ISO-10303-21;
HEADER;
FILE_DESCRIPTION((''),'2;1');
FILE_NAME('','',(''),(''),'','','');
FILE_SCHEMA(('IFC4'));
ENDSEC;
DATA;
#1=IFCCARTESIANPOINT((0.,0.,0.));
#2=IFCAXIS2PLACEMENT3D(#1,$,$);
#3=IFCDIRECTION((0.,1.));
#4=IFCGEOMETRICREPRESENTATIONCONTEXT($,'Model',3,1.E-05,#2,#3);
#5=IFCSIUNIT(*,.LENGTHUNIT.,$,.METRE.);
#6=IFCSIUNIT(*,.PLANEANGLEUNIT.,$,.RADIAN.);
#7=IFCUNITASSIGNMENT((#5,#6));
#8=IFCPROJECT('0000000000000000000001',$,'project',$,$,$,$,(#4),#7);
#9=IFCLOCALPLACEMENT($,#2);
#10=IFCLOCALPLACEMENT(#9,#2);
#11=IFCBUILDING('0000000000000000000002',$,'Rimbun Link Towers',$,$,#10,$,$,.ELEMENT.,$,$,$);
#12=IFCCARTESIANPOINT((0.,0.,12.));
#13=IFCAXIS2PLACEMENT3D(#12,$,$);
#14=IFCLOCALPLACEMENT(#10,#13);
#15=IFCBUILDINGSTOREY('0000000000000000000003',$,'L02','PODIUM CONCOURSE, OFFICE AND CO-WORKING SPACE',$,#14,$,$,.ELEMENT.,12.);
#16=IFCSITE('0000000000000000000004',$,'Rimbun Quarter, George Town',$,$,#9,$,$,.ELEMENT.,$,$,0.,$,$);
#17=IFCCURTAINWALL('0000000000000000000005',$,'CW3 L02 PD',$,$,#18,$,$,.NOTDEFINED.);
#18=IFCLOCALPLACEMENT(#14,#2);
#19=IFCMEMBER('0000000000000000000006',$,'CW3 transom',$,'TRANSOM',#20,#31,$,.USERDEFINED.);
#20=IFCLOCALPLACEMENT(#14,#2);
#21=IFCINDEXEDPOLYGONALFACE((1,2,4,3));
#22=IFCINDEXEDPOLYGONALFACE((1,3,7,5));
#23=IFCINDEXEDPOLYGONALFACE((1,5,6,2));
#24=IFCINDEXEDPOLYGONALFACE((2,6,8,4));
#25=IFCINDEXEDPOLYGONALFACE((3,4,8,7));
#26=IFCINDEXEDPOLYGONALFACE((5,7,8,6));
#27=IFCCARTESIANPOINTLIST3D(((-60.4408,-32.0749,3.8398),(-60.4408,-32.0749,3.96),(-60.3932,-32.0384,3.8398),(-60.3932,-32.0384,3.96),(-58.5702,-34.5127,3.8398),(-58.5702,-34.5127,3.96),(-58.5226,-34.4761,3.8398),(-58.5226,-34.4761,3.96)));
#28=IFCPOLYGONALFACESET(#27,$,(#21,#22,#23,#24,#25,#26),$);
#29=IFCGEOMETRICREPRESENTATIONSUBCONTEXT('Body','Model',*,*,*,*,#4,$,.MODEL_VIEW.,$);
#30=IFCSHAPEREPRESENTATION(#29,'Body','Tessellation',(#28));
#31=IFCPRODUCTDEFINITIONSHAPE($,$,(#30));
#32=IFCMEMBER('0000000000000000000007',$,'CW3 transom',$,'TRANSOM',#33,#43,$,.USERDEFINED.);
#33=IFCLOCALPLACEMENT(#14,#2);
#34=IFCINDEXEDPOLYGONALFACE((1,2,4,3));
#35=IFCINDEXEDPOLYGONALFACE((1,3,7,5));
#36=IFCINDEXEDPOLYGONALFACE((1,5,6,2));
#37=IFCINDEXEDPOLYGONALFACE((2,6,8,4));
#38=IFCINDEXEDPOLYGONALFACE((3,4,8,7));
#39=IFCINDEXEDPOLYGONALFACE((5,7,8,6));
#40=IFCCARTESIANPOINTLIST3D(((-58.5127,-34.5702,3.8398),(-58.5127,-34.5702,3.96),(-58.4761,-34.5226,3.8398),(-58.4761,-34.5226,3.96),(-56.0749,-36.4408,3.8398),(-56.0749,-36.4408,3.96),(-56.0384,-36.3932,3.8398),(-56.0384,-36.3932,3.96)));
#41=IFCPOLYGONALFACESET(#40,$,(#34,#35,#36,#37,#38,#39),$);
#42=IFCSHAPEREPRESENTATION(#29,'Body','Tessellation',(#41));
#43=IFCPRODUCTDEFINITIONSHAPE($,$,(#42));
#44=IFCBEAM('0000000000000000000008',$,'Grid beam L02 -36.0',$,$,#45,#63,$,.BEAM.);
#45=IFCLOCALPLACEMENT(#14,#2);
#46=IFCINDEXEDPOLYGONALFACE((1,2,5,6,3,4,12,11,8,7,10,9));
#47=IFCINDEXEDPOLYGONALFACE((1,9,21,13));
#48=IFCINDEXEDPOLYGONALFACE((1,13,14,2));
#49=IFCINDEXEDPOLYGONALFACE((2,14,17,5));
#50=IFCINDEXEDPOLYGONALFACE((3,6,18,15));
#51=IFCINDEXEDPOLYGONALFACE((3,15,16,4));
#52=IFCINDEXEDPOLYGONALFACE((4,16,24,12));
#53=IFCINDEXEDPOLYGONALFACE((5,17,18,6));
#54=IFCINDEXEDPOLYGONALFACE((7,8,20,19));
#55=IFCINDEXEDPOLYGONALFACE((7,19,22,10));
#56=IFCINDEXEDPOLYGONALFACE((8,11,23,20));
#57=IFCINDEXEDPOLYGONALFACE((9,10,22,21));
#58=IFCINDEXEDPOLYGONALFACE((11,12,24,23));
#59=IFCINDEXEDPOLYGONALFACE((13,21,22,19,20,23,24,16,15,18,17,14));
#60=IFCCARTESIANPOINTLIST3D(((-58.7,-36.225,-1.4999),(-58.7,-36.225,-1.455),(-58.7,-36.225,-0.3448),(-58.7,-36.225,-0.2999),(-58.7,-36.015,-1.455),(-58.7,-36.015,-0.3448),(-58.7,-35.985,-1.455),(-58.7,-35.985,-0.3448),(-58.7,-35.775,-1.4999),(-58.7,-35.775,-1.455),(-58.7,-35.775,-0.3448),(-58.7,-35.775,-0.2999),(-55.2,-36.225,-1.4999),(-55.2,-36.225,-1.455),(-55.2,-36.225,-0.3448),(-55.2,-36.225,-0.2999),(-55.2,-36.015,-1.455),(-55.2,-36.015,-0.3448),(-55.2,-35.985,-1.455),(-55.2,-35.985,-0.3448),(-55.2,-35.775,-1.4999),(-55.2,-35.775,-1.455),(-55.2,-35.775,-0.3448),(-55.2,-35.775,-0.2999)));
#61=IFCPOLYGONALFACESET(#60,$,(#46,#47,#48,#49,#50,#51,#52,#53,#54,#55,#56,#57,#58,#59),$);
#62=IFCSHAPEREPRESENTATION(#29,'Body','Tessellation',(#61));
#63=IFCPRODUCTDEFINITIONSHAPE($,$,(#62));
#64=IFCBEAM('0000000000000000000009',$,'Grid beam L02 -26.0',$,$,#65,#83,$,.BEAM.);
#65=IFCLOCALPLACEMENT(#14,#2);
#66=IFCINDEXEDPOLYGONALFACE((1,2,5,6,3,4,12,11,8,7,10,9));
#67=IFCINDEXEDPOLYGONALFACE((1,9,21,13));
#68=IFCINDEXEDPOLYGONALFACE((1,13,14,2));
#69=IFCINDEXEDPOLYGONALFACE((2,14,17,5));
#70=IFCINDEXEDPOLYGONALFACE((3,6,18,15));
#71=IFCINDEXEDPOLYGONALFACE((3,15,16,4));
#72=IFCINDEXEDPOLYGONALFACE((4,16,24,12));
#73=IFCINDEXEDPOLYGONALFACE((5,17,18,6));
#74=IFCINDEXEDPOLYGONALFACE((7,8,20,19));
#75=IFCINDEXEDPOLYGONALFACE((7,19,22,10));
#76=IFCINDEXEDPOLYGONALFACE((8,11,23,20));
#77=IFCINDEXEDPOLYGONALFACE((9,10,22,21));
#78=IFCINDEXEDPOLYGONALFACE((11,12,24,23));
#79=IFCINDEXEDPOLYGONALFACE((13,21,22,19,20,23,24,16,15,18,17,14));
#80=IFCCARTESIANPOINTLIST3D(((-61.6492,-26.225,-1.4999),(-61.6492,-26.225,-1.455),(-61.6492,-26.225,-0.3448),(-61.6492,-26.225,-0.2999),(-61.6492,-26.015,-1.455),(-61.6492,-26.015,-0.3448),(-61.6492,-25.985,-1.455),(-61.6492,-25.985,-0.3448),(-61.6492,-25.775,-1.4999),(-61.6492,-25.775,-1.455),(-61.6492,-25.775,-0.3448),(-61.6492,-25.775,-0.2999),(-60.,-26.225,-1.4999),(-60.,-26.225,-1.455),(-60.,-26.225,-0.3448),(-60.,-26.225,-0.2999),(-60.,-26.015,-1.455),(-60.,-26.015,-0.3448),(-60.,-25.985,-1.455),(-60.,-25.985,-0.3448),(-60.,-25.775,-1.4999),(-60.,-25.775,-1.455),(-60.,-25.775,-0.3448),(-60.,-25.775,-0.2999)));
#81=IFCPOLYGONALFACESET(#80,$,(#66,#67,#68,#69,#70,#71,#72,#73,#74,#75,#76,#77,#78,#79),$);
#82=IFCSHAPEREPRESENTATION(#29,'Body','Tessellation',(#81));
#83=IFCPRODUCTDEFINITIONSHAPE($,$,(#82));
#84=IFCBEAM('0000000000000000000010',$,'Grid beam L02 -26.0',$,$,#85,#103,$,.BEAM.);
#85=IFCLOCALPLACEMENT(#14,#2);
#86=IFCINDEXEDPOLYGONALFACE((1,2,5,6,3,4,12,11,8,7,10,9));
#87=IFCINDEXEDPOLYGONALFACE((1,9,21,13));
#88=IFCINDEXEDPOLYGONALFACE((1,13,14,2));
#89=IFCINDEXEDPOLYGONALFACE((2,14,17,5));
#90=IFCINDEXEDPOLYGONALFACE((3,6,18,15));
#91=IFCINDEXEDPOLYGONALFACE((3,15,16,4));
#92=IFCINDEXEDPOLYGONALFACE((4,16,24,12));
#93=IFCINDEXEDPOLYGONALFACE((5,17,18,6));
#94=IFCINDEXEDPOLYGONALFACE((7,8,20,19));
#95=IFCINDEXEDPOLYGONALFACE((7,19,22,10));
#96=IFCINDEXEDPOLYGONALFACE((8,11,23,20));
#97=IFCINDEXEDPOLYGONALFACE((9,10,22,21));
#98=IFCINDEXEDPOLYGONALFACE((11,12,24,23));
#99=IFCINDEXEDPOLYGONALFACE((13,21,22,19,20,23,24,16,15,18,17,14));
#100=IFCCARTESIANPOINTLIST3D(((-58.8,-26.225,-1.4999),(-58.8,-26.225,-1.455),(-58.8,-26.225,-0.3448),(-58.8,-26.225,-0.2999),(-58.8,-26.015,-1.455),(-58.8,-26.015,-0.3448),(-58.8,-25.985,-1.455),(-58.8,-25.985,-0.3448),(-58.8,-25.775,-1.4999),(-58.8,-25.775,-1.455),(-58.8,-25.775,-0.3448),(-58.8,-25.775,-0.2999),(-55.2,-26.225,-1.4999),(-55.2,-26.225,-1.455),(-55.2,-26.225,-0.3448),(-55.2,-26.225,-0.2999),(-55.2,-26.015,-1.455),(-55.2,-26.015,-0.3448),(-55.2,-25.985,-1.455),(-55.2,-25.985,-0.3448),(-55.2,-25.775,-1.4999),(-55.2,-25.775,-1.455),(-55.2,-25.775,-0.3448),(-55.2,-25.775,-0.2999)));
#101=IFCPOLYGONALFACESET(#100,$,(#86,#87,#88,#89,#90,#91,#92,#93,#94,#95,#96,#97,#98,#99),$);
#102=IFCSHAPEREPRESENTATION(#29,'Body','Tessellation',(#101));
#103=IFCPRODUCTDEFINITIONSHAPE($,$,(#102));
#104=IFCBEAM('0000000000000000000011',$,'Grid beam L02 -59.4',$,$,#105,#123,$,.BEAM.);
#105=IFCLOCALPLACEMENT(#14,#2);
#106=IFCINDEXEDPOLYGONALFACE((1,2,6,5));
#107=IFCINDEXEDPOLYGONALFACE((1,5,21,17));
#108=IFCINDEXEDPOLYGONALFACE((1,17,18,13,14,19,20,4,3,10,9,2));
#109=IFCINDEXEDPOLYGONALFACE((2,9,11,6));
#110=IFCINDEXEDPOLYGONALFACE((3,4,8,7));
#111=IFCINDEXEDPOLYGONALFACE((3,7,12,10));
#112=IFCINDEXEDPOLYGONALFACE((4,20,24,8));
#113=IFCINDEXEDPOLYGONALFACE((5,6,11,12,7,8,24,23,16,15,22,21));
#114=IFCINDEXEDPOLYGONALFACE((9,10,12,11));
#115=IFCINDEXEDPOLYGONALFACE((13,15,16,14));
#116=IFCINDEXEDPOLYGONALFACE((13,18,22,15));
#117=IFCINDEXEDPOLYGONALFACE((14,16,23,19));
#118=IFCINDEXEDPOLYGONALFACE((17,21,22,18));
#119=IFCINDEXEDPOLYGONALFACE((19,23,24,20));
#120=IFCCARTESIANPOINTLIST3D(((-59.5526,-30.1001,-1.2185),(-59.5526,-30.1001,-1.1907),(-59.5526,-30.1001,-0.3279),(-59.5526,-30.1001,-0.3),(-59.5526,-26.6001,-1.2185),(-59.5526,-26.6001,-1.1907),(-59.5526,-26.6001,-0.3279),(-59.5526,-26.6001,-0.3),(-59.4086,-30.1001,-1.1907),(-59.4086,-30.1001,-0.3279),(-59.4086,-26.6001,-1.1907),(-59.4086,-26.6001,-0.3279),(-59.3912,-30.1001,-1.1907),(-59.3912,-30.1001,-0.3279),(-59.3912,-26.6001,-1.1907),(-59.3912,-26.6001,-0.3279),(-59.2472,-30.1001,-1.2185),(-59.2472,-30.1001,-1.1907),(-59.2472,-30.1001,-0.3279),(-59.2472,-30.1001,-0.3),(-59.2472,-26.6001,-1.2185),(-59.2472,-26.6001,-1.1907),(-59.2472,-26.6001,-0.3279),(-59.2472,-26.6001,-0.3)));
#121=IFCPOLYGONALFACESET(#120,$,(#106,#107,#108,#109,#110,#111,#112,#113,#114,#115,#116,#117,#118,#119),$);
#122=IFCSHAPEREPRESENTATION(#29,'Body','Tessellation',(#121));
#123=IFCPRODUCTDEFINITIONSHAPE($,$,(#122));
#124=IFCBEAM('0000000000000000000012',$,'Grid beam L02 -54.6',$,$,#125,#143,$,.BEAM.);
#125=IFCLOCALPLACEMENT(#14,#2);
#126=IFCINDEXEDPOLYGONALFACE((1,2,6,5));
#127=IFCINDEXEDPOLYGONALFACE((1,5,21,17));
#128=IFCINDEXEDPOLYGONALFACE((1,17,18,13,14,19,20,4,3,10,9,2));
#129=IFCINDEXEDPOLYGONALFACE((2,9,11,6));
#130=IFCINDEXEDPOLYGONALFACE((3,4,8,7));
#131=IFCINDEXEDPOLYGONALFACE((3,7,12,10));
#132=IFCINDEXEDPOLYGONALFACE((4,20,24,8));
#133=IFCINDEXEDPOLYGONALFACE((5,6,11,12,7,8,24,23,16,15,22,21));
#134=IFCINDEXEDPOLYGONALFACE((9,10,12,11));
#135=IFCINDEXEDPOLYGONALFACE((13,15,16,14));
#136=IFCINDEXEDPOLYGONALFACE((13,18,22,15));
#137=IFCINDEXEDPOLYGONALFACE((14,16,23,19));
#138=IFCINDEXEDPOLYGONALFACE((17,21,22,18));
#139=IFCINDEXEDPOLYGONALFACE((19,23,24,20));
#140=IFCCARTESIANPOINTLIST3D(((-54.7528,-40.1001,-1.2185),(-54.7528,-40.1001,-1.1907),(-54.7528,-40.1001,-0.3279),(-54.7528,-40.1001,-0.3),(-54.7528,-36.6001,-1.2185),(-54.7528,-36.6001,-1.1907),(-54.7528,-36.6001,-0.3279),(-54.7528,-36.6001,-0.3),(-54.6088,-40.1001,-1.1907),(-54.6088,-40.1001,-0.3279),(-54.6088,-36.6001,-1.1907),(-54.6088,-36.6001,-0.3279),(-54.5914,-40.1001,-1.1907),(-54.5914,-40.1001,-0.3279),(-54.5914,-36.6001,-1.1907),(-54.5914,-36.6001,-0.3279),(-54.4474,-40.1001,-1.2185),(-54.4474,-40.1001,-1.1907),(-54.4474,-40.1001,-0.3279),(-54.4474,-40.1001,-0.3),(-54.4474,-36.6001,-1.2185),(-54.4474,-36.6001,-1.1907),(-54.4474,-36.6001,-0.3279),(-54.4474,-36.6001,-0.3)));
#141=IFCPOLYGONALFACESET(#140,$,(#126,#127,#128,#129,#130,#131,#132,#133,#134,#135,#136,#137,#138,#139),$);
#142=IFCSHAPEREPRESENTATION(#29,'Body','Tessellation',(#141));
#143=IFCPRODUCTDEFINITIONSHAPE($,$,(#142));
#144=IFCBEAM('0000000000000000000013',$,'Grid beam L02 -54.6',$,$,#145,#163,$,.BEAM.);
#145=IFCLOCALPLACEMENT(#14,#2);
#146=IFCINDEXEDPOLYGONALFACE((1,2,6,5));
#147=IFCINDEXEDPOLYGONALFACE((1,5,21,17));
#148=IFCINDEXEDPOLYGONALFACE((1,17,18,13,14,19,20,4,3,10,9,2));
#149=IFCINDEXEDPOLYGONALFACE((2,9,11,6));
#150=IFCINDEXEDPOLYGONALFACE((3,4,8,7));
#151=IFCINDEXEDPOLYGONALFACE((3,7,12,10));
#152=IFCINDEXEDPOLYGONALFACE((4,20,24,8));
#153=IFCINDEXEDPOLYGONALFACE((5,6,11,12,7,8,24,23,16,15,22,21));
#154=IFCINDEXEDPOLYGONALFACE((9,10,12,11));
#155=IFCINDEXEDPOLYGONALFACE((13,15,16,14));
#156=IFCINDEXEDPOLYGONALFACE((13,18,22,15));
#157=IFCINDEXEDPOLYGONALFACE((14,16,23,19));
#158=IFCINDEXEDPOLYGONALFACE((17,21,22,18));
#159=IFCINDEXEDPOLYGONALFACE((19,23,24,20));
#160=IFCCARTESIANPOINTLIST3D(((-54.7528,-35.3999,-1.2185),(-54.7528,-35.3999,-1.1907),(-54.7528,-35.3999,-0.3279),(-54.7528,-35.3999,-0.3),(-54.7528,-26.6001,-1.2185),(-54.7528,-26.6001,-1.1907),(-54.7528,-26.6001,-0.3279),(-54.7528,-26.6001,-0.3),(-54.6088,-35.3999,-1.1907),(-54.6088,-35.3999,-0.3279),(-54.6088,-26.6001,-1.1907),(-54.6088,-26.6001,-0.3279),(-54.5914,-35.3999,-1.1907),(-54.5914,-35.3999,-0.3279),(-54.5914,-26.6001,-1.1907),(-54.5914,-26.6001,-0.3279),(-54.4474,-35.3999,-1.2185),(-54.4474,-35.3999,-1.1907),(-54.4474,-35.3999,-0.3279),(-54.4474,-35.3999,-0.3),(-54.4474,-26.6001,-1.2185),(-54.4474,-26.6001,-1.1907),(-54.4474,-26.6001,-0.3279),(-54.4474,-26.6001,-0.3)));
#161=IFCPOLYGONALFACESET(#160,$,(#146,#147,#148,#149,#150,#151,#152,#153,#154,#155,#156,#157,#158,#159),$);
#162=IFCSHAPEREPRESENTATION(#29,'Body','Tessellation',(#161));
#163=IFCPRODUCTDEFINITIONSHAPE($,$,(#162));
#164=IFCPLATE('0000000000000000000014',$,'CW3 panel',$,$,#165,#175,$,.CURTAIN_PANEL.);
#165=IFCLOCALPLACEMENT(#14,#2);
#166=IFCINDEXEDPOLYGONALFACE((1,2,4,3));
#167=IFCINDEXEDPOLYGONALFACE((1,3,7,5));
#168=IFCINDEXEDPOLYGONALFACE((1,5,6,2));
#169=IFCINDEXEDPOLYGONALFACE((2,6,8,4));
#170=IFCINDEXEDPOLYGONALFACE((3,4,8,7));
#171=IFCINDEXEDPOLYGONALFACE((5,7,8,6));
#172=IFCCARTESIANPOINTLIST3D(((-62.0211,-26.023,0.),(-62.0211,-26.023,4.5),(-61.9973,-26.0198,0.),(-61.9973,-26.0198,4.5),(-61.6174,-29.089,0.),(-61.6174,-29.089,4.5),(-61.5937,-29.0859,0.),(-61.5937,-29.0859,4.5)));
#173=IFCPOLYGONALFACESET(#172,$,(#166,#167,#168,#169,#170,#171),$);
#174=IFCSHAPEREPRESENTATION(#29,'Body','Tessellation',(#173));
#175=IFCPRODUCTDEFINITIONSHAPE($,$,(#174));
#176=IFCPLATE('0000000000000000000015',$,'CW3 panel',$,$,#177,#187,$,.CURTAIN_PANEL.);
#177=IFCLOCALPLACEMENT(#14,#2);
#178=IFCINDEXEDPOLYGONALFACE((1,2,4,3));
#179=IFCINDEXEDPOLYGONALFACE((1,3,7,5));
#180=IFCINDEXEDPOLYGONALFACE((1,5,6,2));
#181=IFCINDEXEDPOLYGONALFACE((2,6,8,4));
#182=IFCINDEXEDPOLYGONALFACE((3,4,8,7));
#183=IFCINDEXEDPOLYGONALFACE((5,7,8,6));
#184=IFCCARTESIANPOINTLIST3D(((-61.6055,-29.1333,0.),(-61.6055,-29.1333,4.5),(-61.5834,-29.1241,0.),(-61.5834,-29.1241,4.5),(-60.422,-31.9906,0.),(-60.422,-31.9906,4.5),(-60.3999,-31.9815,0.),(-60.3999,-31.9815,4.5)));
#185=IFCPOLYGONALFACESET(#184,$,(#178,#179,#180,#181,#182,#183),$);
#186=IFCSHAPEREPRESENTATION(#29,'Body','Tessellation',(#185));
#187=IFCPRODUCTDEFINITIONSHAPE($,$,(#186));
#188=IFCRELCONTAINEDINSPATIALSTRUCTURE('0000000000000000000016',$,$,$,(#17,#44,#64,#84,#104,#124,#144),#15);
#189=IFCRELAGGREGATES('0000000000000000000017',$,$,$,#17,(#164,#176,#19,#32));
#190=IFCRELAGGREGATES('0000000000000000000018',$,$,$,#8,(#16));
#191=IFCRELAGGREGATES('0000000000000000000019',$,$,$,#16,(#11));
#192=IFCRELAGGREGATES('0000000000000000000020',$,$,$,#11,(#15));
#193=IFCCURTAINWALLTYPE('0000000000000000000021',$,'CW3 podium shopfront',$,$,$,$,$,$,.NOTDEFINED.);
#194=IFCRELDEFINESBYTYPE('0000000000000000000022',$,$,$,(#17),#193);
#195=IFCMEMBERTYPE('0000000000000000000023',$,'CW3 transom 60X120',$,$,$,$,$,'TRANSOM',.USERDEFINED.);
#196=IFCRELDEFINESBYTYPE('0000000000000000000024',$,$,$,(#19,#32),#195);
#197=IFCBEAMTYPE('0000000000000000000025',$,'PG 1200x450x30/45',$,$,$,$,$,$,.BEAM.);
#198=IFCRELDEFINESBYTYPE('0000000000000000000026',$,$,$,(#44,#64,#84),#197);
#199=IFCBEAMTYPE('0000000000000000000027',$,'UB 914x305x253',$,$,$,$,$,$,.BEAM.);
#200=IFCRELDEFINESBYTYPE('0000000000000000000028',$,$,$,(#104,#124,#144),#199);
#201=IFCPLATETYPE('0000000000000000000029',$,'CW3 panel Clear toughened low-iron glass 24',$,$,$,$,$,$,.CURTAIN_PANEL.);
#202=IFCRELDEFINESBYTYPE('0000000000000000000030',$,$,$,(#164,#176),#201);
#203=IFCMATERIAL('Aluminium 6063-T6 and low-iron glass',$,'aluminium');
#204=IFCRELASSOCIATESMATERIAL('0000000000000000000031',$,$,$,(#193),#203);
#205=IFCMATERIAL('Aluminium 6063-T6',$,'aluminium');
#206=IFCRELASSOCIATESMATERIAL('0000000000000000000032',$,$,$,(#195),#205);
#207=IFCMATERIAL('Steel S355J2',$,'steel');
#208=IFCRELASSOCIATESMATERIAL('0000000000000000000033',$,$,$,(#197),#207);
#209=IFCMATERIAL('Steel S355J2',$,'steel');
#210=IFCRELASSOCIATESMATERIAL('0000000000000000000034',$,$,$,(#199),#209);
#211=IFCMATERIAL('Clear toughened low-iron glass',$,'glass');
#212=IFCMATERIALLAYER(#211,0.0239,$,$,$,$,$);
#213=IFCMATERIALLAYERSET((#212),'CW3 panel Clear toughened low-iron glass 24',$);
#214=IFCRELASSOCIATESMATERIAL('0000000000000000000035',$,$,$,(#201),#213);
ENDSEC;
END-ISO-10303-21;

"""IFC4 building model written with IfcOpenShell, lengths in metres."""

from ifc_helpers import new_model, si_unit, direction, frame, origin, origin_2d, place, context, subcontext, project, spatial, rectangle, i_section, extrude, material, layer, layer_set, material_profile, profile_set, type_object, element, aggregate, save


model = new_model("IFC4")

# Units and contexts
model_context = context("Model", 3, precision=1e-05, world=origin(), true_north=direction((0.0, 1.0)))
body_context = subcontext(model_context, "Body", "Model", "MODEL_VIEW")
ifc_project = project(units=[si_unit("LENGTHUNIT", "METRE"), si_unit("PLANEANGLEUNIT", "RADIAN")], contexts=[model_context])

# Site, building, storey
site_placement = place(None, origin())
site = spatial("IfcSite", under=ifc_project, at=site_placement, Name="Rimbun Quarter, George Town", CompositionType="ELEMENT", RefElevation=0.0)
building_placement = place(site_placement, origin())
building = spatial("IfcBuilding", under=site, at=building_placement, Name="Rimbun Link Towers", CompositionType="ELEMENT")
storey_placement = place(building_placement, frame((0.0, 0.0, 12.0)))
storey = spatial("IfcBuildingStorey", under=building, at=storey_placement, Name="L02", Description="PODIUM CONCOURSE, OFFICE AND CO-WORKING SPACE", CompositionType="ELEMENT", Elevation=12.0)

# Curtain wall, members
ifc_material_1 = material(Name="Aluminium 6063-T6 and low-iron glass", Category="aluminium")
curtain_wall_type = type_object("IfcCurtainWallType", Name="CW3 podium shopfront", PredefinedType="NOTDEFINED", material=ifc_material_1)
curtain_wall_placement = place(storey_placement, origin())
curtain_wall = element("IfcCurtainWall", 1, at=curtain_wall_placement, inside=storey, type_object=curtain_wall_type, Name="CW3 L02 PD", PredefinedType="NOTDEFINED")
ifc_material_2 = material(Name="Aluminium 6063-T6", Category="aluminium")
ifc_material_profile_1 = material_profile(ifc_material_2, rectangle(XDim=0.0601, YDim=0.1201, at=origin_2d()), Name="TRANSOM 60X120")
ifc_profile_set_1 = profile_set([ifc_material_profile_1], Name="Aluminium 6063-T6")
member_type_1 = type_object("IfcMemberType", Name="CW3 transom 60X120", ElementType="TRANSOM", PredefinedType="USERDEFINED", material=ifc_profile_set_1)
member_1_placement = place(storey_placement, frame((-58.5464, -34.4944, 3.8999), z_axis=(-0.608773, 0.793344, 0.0), x_axis=(-0.793344, -0.608773, 0.0)))
member_1 = element("IfcMember", 2, at=member_1_placement, type_object=member_type_1, Name="CW3 transom", ObjectType="TRANSOM", PredefinedType="USERDEFINED", context=body_context, shape_type="SweptSolid", body=[
    extrude(rectangle(XDim=0.0601, YDim=0.1201, at=origin_2d()), origin(), (0.0, 0.0, 1.0), 3.0728),
])
member_2_placement = place(storey_placement, frame((-56.0566, -36.417, 3.8999), z_axis=(-0.793344, 0.608773, 0.0), x_axis=(-0.608773, -0.793344, 0.0)))
member_2 = element("IfcMember", 3, at=member_2_placement, type_object=member_type_1, Name="CW3 transom", ObjectType="TRANSOM", PredefinedType="USERDEFINED", context=body_context, shape_type="SweptSolid", body=[
    extrude(rectangle(XDim=0.0601, YDim=0.1201, at=origin_2d()), origin(), (0.0, 0.0, 1.0), 3.0728),
])

# Beams
ifc_material_3 = material(Name="Steel S355J2", Category="steel")
ifc_material_profile_2 = material_profile(ifc_material_3, i_section(OverallWidth=0.45, OverallDepth=1.2, WebThickness=0.03, FlangeThickness=0.0449, at=origin_2d()), Name="PG 1200x450x30/45")
ifc_profile_set_2 = profile_set([ifc_material_profile_2], Name="Steel S355J2")
beam_type_1 = type_object("IfcBeamType", Name="PG 1200x450x30/45", PredefinedType="BEAM", material=ifc_profile_set_2)
beam_1_placement = place(storey_placement, frame((-58.7, -36.0, -0.8999), z_axis=(1.0, 0.0, 0.0), x_axis=(0.0, 1.0, 0.0)))
element("IfcBeam", 4, at=beam_1_placement, inside=storey, type_object=beam_type_1, Name="Grid beam L02 -36.0", PredefinedType="BEAM", context=body_context, shape_type="SweptSolid", body=[
    extrude(i_section(OverallWidth=0.45, OverallDepth=1.2, WebThickness=0.03, FlangeThickness=0.0449, at=origin_2d()), origin(), (0.0, 0.0, 1.0), 3.5),
])
beam_2_placement = place(storey_placement, frame((-61.6492, -26.0, -0.8999), z_axis=(1.0, 0.0, 0.0), x_axis=(0.0, 1.0, 0.0)))
element("IfcBeam", 5, at=beam_2_placement, inside=storey, type_object=beam_type_1, Name="Grid beam L02 -26.0", PredefinedType="BEAM", context=body_context, shape_type="SweptSolid", body=[
    extrude(i_section(OverallWidth=0.45, OverallDepth=1.2, WebThickness=0.03, FlangeThickness=0.0449, at=origin_2d()), origin(), (0.0, 0.0, 1.0), 1.6492),
])
beam_3_placement = place(storey_placement, frame((-58.8, -26.0, -0.8999), z_axis=(1.0, 0.0, 0.0), x_axis=(0.0, 1.0, 0.0)))
element("IfcBeam", 6, at=beam_3_placement, inside=storey, type_object=beam_type_1, Name="Grid beam L02 -26.0", PredefinedType="BEAM", context=body_context, shape_type="SweptSolid", body=[
    extrude(i_section(OverallWidth=0.45, OverallDepth=1.2, WebThickness=0.03, FlangeThickness=0.0449, at=origin_2d()), origin(), (0.0, 0.0, 1.0), 3.6001),
])
ifc_material_4 = material(Name="Steel S355J2", Category="steel")
ifc_material_profile_3 = material_profile(ifc_material_4, i_section(OverallWidth=0.3054, OverallDepth=0.9185, WebThickness=0.0173, FlangeThickness=0.0278, at=origin_2d()), Name="UB 914x305x253")
ifc_profile_set_3 = profile_set([ifc_material_profile_3], Name="Steel S355J2")
beam_type_2 = type_object("IfcBeamType", Name="UB 914x305x253", PredefinedType="BEAM", material=ifc_profile_set_3)
for number, where, z_axis, x_axis, name in (
    (7, (-59.3999, -30.1001, -0.7593), (0.0, 1.0, 0.0), (-1.0, 0.0, 0.0), "Grid beam L02 -59.4"),
    (8, (-54.6001, -40.1001, -0.7593), (0.0, 1.0, 0.0), (-1.0, 0.0, 0.0), "Grid beam L02 -54.6"),
):
    element("IfcBeam", number, at=place(storey_placement, frame(where, z_axis=z_axis, x_axis=x_axis)), inside=storey, type_object=beam_type_2, Name=name, PredefinedType="BEAM", context=body_context, shape_type="SweptSolid", body=[
        extrude(i_section(OverallWidth=0.3054, OverallDepth=0.9185, WebThickness=0.0173, FlangeThickness=0.0278, at=origin_2d()), origin(), (0.0, 0.0, 1.0), 3.5),
    ])
beam_4_placement = place(storey_placement, frame((-54.6001, -35.3999, -0.7593), z_axis=(0.0, 1.0, 0.0), x_axis=(-1.0, 0.0, 0.0)))
element("IfcBeam", 9, at=beam_4_placement, inside=storey, type_object=beam_type_2, Name="Grid beam L02 -54.6", PredefinedType="BEAM", context=body_context, shape_type="SweptSolid", body=[
    extrude(i_section(OverallWidth=0.3054, OverallDepth=0.9185, WebThickness=0.0173, FlangeThickness=0.0278, at=origin_2d()), origin(), (0.0, 0.0, 1.0), 8.7998),
])

# Plates
ifc_material_5 = material(Name="Clear toughened low-iron glass", Category="glass")
ifc_layer_1 = layer(ifc_material_5, 0.0239)
ifc_layer_set_1 = layer_set([ifc_layer_1], Name="CW3 panel Clear toughened low-iron glass 24")
plate_type = type_object("IfcPlateType", Name="CW3 panel Clear toughened low-iron glass 24", PredefinedType="CURTAIN_PANEL", material=ifc_layer_set_1)
plate_1_placement = place(storey_placement, frame((-61.8074, -27.5544, 0.0), z_axis=(0.0, 0.0, 1.0), x_axis=(-0.13053, 0.991444, 0.0)))
plate_1 = element("IfcPlate", 10, at=plate_1_placement, type_object=plate_type, Name="CW3 panel", PredefinedType="CURTAIN_PANEL", context=body_context, shape_type="SweptSolid", body=[
    extrude(rectangle(XDim=3.0925, YDim=0.0239, at=origin_2d()), origin(), (0.0, 0.0, 1.0), 4.5),
])
plate_2_placement = place(storey_placement, frame((-61.0027, -30.5574, 0.0), z_axis=(0.0, 0.0, 1.0), x_axis=(-0.382679, 0.923881, 0.0)))
plate_2 = element("IfcPlate", 11, at=plate_2_placement, type_object=plate_type, Name="CW3 panel", PredefinedType="CURTAIN_PANEL", context=body_context, shape_type="SweptSolid", body=[
    extrude(rectangle(XDim=3.0928, YDim=0.0239, at=origin_2d()), origin(), (0.0, 0.0, 1.0), 4.5),
])
aggregate(curtain_wall, [plate_1, plate_2, member_1, member_2])

save(model, "model.ifc")
